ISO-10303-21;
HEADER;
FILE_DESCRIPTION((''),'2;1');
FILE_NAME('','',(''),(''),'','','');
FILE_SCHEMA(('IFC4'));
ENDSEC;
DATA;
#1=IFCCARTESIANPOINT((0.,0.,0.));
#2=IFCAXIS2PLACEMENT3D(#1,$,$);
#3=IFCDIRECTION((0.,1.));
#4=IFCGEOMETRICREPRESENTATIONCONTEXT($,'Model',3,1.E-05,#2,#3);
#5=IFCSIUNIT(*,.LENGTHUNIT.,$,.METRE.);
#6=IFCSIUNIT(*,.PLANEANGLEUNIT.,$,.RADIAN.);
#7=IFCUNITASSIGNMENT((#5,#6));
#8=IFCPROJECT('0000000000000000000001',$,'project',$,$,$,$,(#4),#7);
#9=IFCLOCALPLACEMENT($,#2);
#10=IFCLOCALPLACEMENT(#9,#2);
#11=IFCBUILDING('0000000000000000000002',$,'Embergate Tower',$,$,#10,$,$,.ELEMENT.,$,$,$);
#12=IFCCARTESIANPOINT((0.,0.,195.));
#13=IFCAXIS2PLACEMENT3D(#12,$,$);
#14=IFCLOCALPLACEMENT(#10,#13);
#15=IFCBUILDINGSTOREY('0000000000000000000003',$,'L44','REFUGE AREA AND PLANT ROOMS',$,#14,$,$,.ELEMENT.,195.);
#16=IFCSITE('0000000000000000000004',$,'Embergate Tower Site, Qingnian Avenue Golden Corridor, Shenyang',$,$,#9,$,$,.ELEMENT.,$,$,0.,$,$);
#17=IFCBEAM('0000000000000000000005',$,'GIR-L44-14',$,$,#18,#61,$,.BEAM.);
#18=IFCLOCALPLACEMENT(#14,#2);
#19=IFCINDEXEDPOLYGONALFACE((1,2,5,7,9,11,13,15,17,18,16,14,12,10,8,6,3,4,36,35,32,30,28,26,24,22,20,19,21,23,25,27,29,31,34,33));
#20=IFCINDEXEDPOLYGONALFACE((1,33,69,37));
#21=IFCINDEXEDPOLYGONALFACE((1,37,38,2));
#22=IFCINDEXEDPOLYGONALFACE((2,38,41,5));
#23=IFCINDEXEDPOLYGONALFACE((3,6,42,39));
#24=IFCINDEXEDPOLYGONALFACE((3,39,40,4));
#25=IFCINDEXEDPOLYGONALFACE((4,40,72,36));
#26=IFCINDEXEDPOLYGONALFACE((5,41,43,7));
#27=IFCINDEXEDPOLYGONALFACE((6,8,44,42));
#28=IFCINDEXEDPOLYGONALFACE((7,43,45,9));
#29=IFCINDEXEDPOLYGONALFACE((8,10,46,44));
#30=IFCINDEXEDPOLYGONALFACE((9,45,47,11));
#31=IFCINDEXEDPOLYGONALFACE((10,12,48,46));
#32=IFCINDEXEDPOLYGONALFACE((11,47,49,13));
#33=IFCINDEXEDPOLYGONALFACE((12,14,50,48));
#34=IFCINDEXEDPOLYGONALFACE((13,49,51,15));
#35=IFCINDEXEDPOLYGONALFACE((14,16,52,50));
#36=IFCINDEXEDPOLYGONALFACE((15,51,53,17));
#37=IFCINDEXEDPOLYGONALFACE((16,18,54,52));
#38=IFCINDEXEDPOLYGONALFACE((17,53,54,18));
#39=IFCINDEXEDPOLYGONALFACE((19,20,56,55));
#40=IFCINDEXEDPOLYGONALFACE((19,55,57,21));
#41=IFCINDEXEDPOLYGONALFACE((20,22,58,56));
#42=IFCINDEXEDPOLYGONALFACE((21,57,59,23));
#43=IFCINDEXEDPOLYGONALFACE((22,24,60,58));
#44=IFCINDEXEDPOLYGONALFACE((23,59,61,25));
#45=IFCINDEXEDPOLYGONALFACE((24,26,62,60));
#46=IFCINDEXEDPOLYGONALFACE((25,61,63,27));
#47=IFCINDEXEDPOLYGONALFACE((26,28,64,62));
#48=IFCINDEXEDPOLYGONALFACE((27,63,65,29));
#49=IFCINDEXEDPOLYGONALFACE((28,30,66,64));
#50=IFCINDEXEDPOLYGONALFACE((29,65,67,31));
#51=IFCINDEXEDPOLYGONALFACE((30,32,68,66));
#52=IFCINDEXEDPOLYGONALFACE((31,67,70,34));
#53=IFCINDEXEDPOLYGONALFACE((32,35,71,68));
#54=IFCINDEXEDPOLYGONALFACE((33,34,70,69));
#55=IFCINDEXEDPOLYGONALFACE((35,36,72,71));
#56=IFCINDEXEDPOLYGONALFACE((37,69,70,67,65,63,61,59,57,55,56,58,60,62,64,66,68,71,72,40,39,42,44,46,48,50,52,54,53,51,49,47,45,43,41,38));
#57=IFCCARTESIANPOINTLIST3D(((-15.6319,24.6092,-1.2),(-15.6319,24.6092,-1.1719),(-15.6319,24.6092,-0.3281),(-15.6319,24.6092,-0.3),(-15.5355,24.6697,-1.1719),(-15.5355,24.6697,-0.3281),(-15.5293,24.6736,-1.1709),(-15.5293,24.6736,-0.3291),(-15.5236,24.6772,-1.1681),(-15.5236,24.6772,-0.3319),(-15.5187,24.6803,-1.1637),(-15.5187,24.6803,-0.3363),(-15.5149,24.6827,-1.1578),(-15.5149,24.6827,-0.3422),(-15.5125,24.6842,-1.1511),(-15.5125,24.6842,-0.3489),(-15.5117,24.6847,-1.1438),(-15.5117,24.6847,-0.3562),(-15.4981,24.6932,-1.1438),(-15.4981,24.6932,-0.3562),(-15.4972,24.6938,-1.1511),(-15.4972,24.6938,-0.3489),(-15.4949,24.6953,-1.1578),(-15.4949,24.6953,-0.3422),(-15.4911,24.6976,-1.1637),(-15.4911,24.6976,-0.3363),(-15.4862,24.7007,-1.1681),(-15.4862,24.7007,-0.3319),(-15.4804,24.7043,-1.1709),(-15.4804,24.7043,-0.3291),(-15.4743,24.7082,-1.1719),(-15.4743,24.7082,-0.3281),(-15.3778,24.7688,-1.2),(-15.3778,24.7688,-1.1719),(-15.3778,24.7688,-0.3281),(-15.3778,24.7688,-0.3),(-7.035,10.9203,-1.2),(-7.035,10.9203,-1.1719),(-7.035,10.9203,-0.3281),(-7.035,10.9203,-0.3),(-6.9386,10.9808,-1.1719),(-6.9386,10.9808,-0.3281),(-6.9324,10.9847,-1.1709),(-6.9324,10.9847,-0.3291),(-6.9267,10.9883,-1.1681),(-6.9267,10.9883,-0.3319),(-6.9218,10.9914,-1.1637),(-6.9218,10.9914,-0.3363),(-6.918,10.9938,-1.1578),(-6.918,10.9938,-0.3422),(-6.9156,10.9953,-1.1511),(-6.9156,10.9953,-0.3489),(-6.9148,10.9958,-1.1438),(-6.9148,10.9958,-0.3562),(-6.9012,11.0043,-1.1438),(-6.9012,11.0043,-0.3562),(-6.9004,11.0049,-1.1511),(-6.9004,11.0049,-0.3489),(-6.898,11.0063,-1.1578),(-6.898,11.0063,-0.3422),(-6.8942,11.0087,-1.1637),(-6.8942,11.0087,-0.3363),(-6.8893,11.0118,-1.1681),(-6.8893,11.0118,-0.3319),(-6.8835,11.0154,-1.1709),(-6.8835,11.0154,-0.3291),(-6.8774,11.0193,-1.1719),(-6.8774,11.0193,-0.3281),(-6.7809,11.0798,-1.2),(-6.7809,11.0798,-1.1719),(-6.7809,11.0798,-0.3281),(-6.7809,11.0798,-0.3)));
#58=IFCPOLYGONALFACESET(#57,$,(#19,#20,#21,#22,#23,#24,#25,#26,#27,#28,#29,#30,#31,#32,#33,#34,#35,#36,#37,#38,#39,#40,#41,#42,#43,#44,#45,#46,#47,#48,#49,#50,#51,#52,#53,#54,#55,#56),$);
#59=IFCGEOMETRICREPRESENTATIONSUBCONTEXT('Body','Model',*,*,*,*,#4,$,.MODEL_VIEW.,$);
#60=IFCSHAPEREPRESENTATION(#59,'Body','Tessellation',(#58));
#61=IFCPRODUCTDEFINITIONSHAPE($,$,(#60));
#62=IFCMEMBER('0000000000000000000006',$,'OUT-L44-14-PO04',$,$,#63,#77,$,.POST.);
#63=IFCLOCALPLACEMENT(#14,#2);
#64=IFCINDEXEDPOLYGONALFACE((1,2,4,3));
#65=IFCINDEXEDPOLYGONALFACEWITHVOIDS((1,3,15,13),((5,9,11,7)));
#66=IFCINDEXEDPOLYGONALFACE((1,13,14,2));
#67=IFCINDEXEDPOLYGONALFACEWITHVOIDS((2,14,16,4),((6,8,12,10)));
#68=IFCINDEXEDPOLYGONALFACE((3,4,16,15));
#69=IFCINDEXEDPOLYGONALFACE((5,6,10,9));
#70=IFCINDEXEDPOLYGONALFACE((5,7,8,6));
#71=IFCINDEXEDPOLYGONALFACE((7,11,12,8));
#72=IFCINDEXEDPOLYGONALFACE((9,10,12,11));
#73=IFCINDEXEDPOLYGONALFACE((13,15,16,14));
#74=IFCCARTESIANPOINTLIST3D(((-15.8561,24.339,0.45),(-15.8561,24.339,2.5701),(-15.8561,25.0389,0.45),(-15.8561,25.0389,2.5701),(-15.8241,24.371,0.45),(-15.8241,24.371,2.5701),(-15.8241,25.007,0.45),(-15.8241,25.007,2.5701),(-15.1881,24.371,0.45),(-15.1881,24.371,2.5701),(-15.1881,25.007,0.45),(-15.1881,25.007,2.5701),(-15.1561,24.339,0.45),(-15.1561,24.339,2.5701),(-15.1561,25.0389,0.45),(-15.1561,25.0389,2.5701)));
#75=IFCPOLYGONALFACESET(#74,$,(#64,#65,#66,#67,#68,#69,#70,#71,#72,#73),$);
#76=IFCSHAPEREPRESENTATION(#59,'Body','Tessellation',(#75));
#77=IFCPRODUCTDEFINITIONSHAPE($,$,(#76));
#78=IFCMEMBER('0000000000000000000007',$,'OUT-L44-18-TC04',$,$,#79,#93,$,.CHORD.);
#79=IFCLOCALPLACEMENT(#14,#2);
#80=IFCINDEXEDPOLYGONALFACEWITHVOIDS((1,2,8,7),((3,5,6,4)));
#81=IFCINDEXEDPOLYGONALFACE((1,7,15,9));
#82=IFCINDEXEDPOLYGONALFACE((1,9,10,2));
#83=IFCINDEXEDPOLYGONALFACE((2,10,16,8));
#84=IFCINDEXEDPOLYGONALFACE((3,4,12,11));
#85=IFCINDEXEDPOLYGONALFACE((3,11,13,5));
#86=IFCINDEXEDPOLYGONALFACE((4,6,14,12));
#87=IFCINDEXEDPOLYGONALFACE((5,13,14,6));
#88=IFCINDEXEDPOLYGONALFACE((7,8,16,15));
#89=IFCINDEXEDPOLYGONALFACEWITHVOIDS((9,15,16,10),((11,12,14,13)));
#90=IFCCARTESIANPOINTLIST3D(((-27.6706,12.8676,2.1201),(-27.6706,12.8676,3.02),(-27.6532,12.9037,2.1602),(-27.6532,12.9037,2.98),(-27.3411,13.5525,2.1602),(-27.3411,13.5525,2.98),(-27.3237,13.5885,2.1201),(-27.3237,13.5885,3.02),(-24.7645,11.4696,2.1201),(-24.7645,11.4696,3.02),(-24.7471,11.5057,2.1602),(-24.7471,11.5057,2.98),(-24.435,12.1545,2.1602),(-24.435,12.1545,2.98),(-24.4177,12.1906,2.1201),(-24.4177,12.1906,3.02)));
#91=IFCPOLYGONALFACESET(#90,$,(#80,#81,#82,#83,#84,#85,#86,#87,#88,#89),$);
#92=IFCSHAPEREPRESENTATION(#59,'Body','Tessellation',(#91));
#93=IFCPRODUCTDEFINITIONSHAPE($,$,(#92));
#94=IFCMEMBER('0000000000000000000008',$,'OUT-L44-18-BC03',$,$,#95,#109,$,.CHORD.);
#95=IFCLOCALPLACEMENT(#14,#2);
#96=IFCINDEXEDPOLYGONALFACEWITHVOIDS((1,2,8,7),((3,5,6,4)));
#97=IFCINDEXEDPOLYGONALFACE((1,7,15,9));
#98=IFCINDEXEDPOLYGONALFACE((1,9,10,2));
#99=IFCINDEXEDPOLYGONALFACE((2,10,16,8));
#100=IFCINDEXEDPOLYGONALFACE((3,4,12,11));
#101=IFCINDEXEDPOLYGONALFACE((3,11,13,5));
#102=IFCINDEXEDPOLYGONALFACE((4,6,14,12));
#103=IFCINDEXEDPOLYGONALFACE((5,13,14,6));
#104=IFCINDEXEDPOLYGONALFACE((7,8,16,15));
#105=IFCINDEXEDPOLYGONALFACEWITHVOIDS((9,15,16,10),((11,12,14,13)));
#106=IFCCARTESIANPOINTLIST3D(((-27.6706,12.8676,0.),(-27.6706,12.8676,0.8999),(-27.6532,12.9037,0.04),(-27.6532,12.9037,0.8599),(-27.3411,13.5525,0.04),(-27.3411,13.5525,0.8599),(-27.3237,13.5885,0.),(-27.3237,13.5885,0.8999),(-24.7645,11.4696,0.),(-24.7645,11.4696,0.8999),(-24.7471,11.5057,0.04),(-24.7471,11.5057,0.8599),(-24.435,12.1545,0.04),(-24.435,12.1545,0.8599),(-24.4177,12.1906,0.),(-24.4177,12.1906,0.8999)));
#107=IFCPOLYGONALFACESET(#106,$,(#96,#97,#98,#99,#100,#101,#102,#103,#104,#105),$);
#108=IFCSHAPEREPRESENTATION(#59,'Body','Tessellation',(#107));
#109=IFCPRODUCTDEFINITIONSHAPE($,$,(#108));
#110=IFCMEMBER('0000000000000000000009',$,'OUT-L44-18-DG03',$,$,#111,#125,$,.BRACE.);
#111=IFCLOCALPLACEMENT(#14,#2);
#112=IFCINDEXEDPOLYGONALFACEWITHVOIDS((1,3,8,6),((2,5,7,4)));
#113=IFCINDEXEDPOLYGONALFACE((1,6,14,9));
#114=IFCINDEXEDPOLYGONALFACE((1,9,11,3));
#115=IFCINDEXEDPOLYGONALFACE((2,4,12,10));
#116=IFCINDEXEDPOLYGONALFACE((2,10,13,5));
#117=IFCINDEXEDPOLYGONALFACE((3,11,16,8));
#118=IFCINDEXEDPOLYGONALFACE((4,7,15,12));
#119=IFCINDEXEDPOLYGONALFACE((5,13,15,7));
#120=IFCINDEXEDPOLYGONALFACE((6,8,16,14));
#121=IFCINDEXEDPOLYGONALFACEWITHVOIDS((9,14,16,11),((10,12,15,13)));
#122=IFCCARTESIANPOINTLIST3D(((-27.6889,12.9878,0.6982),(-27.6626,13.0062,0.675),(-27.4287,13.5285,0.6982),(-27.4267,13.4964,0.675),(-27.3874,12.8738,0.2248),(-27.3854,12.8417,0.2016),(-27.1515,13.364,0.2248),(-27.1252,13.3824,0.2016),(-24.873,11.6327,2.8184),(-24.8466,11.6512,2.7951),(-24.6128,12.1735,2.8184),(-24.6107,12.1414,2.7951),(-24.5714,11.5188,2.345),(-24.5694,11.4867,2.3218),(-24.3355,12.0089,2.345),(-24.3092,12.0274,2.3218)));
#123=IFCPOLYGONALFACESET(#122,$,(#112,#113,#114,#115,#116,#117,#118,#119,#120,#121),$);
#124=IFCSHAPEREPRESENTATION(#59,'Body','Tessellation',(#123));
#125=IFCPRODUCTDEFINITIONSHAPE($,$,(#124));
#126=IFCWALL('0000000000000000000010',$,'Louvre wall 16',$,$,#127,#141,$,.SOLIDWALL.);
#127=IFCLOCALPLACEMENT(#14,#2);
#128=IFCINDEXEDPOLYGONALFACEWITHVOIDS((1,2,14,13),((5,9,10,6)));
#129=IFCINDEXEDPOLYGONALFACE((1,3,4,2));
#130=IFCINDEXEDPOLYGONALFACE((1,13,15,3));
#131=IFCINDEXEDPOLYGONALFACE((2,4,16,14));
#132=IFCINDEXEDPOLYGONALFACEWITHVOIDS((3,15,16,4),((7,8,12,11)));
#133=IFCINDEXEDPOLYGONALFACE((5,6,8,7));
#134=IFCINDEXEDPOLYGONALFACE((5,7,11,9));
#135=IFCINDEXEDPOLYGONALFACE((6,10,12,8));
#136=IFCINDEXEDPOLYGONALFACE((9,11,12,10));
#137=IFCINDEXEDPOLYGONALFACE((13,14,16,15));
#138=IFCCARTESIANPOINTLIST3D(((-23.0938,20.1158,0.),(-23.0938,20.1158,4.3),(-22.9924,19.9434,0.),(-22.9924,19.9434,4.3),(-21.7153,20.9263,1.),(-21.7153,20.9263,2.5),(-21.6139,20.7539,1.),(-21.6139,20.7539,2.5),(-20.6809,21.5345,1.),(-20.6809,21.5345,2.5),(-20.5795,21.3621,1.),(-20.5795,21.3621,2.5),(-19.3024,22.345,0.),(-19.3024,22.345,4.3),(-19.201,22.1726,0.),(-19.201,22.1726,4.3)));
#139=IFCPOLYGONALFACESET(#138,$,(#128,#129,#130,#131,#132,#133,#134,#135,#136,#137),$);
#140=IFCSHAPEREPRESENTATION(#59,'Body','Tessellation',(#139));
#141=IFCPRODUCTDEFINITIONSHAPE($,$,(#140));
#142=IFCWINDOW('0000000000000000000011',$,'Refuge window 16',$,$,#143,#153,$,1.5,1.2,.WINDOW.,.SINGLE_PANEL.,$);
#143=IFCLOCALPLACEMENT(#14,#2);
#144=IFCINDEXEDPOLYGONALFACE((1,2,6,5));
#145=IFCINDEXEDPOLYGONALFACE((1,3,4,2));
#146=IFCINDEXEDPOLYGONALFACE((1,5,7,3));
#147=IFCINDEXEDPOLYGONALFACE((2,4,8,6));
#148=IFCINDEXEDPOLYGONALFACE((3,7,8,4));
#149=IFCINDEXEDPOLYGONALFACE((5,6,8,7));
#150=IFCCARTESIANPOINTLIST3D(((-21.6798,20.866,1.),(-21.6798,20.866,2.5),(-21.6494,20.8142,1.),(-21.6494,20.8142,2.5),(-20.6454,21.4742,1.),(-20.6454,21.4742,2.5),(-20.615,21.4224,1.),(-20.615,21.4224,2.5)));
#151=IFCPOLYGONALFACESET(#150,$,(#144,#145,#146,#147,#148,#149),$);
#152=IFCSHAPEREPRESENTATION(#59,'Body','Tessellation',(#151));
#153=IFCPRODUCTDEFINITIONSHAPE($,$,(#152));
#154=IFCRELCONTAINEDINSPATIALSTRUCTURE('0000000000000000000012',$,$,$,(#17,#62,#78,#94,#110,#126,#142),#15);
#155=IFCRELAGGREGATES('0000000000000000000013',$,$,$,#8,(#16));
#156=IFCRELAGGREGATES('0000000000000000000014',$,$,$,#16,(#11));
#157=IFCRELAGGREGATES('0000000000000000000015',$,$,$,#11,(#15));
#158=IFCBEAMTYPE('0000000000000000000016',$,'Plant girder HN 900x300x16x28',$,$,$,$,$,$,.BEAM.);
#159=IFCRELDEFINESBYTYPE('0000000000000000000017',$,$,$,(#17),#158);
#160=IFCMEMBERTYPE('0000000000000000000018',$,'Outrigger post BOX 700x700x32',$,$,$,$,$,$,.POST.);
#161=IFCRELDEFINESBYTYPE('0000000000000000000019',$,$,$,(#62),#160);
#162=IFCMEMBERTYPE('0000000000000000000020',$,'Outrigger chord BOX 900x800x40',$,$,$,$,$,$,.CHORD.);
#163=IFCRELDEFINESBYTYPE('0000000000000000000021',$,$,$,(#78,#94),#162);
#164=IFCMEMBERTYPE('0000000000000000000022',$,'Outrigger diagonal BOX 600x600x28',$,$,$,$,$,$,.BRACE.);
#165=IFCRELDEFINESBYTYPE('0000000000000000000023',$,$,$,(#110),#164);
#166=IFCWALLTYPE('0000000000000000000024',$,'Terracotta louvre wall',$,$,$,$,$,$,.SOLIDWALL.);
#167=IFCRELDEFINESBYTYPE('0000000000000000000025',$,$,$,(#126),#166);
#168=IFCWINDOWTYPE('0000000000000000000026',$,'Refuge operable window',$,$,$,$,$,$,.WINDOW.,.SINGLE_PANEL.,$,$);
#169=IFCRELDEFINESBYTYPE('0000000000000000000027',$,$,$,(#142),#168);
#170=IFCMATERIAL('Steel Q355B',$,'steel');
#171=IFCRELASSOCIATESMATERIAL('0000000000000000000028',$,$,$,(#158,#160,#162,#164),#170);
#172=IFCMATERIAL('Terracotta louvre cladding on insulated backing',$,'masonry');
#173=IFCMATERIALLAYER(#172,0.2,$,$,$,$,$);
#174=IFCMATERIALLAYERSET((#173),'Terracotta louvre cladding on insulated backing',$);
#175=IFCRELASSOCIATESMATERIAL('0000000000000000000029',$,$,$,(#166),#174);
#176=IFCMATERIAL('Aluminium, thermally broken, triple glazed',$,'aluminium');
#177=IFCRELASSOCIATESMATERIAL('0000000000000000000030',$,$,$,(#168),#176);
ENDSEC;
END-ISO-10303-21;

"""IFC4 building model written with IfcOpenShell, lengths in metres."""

from ifc_helpers import new_model, si_unit, direction, frame, frame_2d, origin, origin_2d, place, context, subcontext, project, spatial, rectangle, hollow_rectangle, i_section, extrude, source, transform, mapped, material, layer, layer_set, material_profile, profile_set, type_object, element, fill, save


model = new_model("IFC4")

# Units and contexts
model_context = context("Model", 3, precision=1e-05, world=origin(), true_north=direction((0.0, 1.0)))
body_context = subcontext(model_context, "Body", "Model", "MODEL_VIEW")
ifc_project = project(units=[si_unit("LENGTHUNIT", "METRE"), si_unit("PLANEANGLEUNIT", "RADIAN")], contexts=[model_context])

# Site, building, storey
site_placement = place(None, origin())
site = spatial("IfcSite", under=ifc_project, at=site_placement, Name="Embergate Tower Site, Qingnian Avenue Golden Corridor, Shenyang", CompositionType="ELEMENT", RefElevation=0.0)
building_placement = place(site_placement, origin())
building = spatial("IfcBuilding", under=site, at=building_placement, Name="Embergate Tower", CompositionType="ELEMENT")
storey_placement = place(building_placement, frame((0.0, 0.0, 195.0)))
storey = spatial("IfcBuildingStorey", under=building, at=storey_placement, Name="L44", Description="REFUGE AREA AND PLANT ROOMS", CompositionType="ELEMENT", Elevation=195.0)

# Beam
ifc_material_1 = material(Name="Steel Q355B", Category="steel")
ifc_material_profile_1 = material_profile(ifc_material_1, i_section(OverallWidth=0.3, OverallDepth=0.8999, WebThickness=0.0161, FlangeThickness=0.0281, FilletRadius=0.0281, at=origin_2d()), Name="HN 900x300x16x28")
ifc_profile_set_1 = profile_set([ifc_material_profile_1], Name="Steel Q355 grade B")
beam_type_1 = type_object("IfcBeamType", Name="Plant girder HN 900x300x16x28", PredefinedType="BEAM", material=ifc_profile_set_1)
shared_shape_1 = source(origin(), body_context, "Body", "SweptSolid", [
    extrude(i_section(OverallWidth=0.3, OverallDepth=0.8999, WebThickness=0.0161, FlangeThickness=0.0281, FilletRadius=0.0281, at=origin_2d()), origin(), (0.0, 0.0, 1.0), 16.1646),
])
beam_1_placement = place(storey_placement, frame((-15.5049, 24.689, -0.75), z_axis=(0.531836, -0.846847, 0.0), x_axis=(0.846847, 0.531836, 0.0)))
element("IfcBeam", 1, at=beam_1_placement, inside=storey, type_object=beam_type_1, Name="GIR-L44-14", PredefinedType="BEAM", context=body_context, shape_type="MappedRepresentation", body=[
    mapped(shared_shape_1, transform((0.0, 0.0, 0.0))),
])

# Members
ifc_material_profile_2 = material_profile(ifc_material_1, hollow_rectangle(XDim=0.7, YDim=0.7, WallThickness=0.032, at=origin_2d()), Name="BOX 700x700x32")
ifc_profile_set_2 = profile_set([ifc_material_profile_2], Name="Steel Q355 grade B")
member_type_1 = type_object("IfcMemberType", Name="Outrigger post BOX 700x700x32", PredefinedType="POST", material=ifc_profile_set_2)
shared_shape_2 = source(origin(), body_context, "Body", "SweptSolid", [
    extrude(hollow_rectangle(XDim=0.7, YDim=0.7, WallThickness=0.032, at=origin_2d()), origin(), (0.0, 0.0, 1.0), 2.1201),
])
member_1_placement = place(storey_placement, frame((-15.5061, 24.689, 0.45), z_axis=(0.0, 0.0, 1.0), x_axis=(1.0, 0.0, 0.0)))
element("IfcMember", 2, at=member_1_placement, inside=storey, type_object=member_type_1, Name="OUT-L44-14-PO04", PredefinedType="POST", context=body_context, shape_type="MappedRepresentation", body=[
    mapped(shared_shape_2, transform((0.0, 0.0, 0.0))),
])
ifc_material_profile_3 = material_profile(ifc_material_1, hollow_rectangle(XDim=0.8, YDim=0.8999, WallThickness=0.04, at=origin_2d()), Name="BOX 900x800x40")
ifc_profile_set_3 = profile_set([ifc_material_profile_3], Name="Steel Q355 grade B")
member_type_2 = type_object("IfcMemberType", Name="Outrigger chord BOX 900x800x40", PredefinedType="CHORD", material=ifc_profile_set_3)
shared_shape_3 = source(origin(), body_context, "Body", "SweptSolid", [
    extrude(hollow_rectangle(XDim=0.8, YDim=0.8999, WallThickness=0.04, at=origin_2d()), origin(), (0.0, 0.0, 1.0), 3.2249),
])
for number, where, z_axis, x_axis, name in (
    (3, (-24.5911, 11.8301, 2.5701), (-0.901152, 0.433504, 0.0), (-0.433504, -0.901152, 0.0), "OUT-L44-18-TC04"),
    (4, (-24.5911, 11.8301, 0.45), (-0.901152, 0.433504, 0.0), (-0.433504, -0.901152, 0.0), "OUT-L44-18-BC03"),
):
    element("IfcMember", number, at=place(storey_placement, frame(where, z_axis=z_axis, x_axis=x_axis)), inside=storey, type_object=member_type_2, Name=name, PredefinedType="CHORD", context=body_context, shape_type="MappedRepresentation", body=[
        mapped(shared_shape_3, transform((0.0, 0.0, 0.0))),
    ])
ifc_material_profile_4 = material_profile(ifc_material_1, hollow_rectangle(XDim=0.6001, YDim=0.6001, WallThickness=0.0281, at=origin_2d()), Name="BOX 600x600x28")
ifc_profile_set_4 = profile_set([ifc_material_profile_4], Name="Steel Q355 grade B")
member_type_3 = type_object("IfcMemberType", Name="Outrigger diagonal BOX 600x600x28", PredefinedType="BRACE", material=ifc_profile_set_4)
shared_shape_4 = source(origin(), body_context, "Body", "SweptSolid", [
    extrude(hollow_rectangle(XDim=0.6001, YDim=0.6001, WallThickness=0.0281, at=origin_2d()), origin(), (0.0, 0.0, 1.0), 3.7764),
])
member_2_placement = place(storey_placement, frame((-24.5911, 11.8301, 2.5701), z_axis=(-0.745686, 0.358814, -0.561431), x_axis=(-0.433599, -0.901106, 0.0)))
element("IfcMember", 5, at=member_2_placement, inside=storey, type_object=member_type_3, Name="OUT-L44-18-DG03", PredefinedType="BRACE", context=body_context, shape_type="MappedRepresentation", body=[
    mapped(shared_shape_4, transform((0.0, 0.0, 0.0))),
])

# Wall, opening, window
ifc_material_2 = material(Name="Terracotta louvre cladding on insulated backing", Category="masonry")
ifc_layer_1 = layer(ifc_material_2, 0.2)
ifc_layer_set_1 = layer_set([ifc_layer_1], Name="Terracotta louvre cladding on insulated backing")
wall_type_1 = type_object("IfcWallType", Name="Terracotta louvre wall", PredefinedType="SOLIDWALL", material=ifc_layer_set_1)
shared_shape_5 = source(origin(), body_context, "Body", "SweptSolid", [
    extrude(rectangle(XDim=4.3982, YDim=0.2, at=frame_2d((2.1992, 0.0))), origin(), (0.0, 0.0, 1.0), 4.3),
])
wall_1_placement = place(storey_placement, frame((-23.0432, 20.0295, 0.0), z_axis=(0.0, 0.0, 1.0), x_axis=(0.862038, 0.506843, 0.0)))
wall_1 = element("IfcWall", 6, at=wall_1_placement, inside=storey, type_object=wall_type_1, Name="Louvre wall 16", PredefinedType="SOLIDWALL", context=body_context, shape_type="MappedRepresentation", body=[
    mapped(shared_shape_5, transform((0.0, 0.0, 0.0))),
])
shared_shape_6 = source(origin(), body_context, "Body", "SweptSolid", [
    extrude(rectangle(XDim=1.2, YDim=1.5, at=frame_2d((0.6001, 0.75))), frame((0.0, 0.1099, 0.0), z_axis=(0.0, -1.0, 0.0), x_axis=(1.0, 0.0, 0.0)), (0.0, 0.0, 1.0), 0.22),
])
opening_1_placement = place(wall_1_placement, frame((1.5991, 0.0, 1.0)))
opening_1 = element("IfcOpeningElement", 7, at=opening_1_placement, cuts=wall_1, PredefinedType="OPENING", context=body_context, shape_type="MappedRepresentation", body=[
    mapped(shared_shape_6, transform((0.0, 0.0, 0.0))),
])
ifc_material_3 = material(Name="Aluminium, thermally broken, triple glazed", Category="aluminium")
window_type = type_object("IfcWindowType", Name="Refuge operable window", PartitioningType="SINGLE_PANEL", PredefinedType="WINDOW", material=ifc_material_3)
shared_shape_7 = source(origin(), body_context, "Body", "SweptSolid", [
    extrude(rectangle(XDim=1.2, YDim=1.5, at=frame_2d((0.6001, 0.75))), frame((0.0, 0.03, 0.0), z_axis=(0.0, -1.0, 0.0), x_axis=(1.0, 0.0, 0.0)), (0.0, 0.0, 1.0), 0.0601),
])
window_1_placement = place(opening_1_placement, origin())
window_1 = element("IfcWindow", 8, at=window_1_placement, inside=storey, type_object=window_type, Name="Refuge window 16", OverallHeight=1.5, OverallWidth=1.2, PartitioningType="SINGLE_PANEL", PredefinedType="WINDOW", context=body_context, shape_type="MappedRepresentation", body=[
    mapped(shared_shape_7, transform((0.0, 0.0, 0.0))),
])
fill(opening_1, window_1)

save(model, "model.ifc")
